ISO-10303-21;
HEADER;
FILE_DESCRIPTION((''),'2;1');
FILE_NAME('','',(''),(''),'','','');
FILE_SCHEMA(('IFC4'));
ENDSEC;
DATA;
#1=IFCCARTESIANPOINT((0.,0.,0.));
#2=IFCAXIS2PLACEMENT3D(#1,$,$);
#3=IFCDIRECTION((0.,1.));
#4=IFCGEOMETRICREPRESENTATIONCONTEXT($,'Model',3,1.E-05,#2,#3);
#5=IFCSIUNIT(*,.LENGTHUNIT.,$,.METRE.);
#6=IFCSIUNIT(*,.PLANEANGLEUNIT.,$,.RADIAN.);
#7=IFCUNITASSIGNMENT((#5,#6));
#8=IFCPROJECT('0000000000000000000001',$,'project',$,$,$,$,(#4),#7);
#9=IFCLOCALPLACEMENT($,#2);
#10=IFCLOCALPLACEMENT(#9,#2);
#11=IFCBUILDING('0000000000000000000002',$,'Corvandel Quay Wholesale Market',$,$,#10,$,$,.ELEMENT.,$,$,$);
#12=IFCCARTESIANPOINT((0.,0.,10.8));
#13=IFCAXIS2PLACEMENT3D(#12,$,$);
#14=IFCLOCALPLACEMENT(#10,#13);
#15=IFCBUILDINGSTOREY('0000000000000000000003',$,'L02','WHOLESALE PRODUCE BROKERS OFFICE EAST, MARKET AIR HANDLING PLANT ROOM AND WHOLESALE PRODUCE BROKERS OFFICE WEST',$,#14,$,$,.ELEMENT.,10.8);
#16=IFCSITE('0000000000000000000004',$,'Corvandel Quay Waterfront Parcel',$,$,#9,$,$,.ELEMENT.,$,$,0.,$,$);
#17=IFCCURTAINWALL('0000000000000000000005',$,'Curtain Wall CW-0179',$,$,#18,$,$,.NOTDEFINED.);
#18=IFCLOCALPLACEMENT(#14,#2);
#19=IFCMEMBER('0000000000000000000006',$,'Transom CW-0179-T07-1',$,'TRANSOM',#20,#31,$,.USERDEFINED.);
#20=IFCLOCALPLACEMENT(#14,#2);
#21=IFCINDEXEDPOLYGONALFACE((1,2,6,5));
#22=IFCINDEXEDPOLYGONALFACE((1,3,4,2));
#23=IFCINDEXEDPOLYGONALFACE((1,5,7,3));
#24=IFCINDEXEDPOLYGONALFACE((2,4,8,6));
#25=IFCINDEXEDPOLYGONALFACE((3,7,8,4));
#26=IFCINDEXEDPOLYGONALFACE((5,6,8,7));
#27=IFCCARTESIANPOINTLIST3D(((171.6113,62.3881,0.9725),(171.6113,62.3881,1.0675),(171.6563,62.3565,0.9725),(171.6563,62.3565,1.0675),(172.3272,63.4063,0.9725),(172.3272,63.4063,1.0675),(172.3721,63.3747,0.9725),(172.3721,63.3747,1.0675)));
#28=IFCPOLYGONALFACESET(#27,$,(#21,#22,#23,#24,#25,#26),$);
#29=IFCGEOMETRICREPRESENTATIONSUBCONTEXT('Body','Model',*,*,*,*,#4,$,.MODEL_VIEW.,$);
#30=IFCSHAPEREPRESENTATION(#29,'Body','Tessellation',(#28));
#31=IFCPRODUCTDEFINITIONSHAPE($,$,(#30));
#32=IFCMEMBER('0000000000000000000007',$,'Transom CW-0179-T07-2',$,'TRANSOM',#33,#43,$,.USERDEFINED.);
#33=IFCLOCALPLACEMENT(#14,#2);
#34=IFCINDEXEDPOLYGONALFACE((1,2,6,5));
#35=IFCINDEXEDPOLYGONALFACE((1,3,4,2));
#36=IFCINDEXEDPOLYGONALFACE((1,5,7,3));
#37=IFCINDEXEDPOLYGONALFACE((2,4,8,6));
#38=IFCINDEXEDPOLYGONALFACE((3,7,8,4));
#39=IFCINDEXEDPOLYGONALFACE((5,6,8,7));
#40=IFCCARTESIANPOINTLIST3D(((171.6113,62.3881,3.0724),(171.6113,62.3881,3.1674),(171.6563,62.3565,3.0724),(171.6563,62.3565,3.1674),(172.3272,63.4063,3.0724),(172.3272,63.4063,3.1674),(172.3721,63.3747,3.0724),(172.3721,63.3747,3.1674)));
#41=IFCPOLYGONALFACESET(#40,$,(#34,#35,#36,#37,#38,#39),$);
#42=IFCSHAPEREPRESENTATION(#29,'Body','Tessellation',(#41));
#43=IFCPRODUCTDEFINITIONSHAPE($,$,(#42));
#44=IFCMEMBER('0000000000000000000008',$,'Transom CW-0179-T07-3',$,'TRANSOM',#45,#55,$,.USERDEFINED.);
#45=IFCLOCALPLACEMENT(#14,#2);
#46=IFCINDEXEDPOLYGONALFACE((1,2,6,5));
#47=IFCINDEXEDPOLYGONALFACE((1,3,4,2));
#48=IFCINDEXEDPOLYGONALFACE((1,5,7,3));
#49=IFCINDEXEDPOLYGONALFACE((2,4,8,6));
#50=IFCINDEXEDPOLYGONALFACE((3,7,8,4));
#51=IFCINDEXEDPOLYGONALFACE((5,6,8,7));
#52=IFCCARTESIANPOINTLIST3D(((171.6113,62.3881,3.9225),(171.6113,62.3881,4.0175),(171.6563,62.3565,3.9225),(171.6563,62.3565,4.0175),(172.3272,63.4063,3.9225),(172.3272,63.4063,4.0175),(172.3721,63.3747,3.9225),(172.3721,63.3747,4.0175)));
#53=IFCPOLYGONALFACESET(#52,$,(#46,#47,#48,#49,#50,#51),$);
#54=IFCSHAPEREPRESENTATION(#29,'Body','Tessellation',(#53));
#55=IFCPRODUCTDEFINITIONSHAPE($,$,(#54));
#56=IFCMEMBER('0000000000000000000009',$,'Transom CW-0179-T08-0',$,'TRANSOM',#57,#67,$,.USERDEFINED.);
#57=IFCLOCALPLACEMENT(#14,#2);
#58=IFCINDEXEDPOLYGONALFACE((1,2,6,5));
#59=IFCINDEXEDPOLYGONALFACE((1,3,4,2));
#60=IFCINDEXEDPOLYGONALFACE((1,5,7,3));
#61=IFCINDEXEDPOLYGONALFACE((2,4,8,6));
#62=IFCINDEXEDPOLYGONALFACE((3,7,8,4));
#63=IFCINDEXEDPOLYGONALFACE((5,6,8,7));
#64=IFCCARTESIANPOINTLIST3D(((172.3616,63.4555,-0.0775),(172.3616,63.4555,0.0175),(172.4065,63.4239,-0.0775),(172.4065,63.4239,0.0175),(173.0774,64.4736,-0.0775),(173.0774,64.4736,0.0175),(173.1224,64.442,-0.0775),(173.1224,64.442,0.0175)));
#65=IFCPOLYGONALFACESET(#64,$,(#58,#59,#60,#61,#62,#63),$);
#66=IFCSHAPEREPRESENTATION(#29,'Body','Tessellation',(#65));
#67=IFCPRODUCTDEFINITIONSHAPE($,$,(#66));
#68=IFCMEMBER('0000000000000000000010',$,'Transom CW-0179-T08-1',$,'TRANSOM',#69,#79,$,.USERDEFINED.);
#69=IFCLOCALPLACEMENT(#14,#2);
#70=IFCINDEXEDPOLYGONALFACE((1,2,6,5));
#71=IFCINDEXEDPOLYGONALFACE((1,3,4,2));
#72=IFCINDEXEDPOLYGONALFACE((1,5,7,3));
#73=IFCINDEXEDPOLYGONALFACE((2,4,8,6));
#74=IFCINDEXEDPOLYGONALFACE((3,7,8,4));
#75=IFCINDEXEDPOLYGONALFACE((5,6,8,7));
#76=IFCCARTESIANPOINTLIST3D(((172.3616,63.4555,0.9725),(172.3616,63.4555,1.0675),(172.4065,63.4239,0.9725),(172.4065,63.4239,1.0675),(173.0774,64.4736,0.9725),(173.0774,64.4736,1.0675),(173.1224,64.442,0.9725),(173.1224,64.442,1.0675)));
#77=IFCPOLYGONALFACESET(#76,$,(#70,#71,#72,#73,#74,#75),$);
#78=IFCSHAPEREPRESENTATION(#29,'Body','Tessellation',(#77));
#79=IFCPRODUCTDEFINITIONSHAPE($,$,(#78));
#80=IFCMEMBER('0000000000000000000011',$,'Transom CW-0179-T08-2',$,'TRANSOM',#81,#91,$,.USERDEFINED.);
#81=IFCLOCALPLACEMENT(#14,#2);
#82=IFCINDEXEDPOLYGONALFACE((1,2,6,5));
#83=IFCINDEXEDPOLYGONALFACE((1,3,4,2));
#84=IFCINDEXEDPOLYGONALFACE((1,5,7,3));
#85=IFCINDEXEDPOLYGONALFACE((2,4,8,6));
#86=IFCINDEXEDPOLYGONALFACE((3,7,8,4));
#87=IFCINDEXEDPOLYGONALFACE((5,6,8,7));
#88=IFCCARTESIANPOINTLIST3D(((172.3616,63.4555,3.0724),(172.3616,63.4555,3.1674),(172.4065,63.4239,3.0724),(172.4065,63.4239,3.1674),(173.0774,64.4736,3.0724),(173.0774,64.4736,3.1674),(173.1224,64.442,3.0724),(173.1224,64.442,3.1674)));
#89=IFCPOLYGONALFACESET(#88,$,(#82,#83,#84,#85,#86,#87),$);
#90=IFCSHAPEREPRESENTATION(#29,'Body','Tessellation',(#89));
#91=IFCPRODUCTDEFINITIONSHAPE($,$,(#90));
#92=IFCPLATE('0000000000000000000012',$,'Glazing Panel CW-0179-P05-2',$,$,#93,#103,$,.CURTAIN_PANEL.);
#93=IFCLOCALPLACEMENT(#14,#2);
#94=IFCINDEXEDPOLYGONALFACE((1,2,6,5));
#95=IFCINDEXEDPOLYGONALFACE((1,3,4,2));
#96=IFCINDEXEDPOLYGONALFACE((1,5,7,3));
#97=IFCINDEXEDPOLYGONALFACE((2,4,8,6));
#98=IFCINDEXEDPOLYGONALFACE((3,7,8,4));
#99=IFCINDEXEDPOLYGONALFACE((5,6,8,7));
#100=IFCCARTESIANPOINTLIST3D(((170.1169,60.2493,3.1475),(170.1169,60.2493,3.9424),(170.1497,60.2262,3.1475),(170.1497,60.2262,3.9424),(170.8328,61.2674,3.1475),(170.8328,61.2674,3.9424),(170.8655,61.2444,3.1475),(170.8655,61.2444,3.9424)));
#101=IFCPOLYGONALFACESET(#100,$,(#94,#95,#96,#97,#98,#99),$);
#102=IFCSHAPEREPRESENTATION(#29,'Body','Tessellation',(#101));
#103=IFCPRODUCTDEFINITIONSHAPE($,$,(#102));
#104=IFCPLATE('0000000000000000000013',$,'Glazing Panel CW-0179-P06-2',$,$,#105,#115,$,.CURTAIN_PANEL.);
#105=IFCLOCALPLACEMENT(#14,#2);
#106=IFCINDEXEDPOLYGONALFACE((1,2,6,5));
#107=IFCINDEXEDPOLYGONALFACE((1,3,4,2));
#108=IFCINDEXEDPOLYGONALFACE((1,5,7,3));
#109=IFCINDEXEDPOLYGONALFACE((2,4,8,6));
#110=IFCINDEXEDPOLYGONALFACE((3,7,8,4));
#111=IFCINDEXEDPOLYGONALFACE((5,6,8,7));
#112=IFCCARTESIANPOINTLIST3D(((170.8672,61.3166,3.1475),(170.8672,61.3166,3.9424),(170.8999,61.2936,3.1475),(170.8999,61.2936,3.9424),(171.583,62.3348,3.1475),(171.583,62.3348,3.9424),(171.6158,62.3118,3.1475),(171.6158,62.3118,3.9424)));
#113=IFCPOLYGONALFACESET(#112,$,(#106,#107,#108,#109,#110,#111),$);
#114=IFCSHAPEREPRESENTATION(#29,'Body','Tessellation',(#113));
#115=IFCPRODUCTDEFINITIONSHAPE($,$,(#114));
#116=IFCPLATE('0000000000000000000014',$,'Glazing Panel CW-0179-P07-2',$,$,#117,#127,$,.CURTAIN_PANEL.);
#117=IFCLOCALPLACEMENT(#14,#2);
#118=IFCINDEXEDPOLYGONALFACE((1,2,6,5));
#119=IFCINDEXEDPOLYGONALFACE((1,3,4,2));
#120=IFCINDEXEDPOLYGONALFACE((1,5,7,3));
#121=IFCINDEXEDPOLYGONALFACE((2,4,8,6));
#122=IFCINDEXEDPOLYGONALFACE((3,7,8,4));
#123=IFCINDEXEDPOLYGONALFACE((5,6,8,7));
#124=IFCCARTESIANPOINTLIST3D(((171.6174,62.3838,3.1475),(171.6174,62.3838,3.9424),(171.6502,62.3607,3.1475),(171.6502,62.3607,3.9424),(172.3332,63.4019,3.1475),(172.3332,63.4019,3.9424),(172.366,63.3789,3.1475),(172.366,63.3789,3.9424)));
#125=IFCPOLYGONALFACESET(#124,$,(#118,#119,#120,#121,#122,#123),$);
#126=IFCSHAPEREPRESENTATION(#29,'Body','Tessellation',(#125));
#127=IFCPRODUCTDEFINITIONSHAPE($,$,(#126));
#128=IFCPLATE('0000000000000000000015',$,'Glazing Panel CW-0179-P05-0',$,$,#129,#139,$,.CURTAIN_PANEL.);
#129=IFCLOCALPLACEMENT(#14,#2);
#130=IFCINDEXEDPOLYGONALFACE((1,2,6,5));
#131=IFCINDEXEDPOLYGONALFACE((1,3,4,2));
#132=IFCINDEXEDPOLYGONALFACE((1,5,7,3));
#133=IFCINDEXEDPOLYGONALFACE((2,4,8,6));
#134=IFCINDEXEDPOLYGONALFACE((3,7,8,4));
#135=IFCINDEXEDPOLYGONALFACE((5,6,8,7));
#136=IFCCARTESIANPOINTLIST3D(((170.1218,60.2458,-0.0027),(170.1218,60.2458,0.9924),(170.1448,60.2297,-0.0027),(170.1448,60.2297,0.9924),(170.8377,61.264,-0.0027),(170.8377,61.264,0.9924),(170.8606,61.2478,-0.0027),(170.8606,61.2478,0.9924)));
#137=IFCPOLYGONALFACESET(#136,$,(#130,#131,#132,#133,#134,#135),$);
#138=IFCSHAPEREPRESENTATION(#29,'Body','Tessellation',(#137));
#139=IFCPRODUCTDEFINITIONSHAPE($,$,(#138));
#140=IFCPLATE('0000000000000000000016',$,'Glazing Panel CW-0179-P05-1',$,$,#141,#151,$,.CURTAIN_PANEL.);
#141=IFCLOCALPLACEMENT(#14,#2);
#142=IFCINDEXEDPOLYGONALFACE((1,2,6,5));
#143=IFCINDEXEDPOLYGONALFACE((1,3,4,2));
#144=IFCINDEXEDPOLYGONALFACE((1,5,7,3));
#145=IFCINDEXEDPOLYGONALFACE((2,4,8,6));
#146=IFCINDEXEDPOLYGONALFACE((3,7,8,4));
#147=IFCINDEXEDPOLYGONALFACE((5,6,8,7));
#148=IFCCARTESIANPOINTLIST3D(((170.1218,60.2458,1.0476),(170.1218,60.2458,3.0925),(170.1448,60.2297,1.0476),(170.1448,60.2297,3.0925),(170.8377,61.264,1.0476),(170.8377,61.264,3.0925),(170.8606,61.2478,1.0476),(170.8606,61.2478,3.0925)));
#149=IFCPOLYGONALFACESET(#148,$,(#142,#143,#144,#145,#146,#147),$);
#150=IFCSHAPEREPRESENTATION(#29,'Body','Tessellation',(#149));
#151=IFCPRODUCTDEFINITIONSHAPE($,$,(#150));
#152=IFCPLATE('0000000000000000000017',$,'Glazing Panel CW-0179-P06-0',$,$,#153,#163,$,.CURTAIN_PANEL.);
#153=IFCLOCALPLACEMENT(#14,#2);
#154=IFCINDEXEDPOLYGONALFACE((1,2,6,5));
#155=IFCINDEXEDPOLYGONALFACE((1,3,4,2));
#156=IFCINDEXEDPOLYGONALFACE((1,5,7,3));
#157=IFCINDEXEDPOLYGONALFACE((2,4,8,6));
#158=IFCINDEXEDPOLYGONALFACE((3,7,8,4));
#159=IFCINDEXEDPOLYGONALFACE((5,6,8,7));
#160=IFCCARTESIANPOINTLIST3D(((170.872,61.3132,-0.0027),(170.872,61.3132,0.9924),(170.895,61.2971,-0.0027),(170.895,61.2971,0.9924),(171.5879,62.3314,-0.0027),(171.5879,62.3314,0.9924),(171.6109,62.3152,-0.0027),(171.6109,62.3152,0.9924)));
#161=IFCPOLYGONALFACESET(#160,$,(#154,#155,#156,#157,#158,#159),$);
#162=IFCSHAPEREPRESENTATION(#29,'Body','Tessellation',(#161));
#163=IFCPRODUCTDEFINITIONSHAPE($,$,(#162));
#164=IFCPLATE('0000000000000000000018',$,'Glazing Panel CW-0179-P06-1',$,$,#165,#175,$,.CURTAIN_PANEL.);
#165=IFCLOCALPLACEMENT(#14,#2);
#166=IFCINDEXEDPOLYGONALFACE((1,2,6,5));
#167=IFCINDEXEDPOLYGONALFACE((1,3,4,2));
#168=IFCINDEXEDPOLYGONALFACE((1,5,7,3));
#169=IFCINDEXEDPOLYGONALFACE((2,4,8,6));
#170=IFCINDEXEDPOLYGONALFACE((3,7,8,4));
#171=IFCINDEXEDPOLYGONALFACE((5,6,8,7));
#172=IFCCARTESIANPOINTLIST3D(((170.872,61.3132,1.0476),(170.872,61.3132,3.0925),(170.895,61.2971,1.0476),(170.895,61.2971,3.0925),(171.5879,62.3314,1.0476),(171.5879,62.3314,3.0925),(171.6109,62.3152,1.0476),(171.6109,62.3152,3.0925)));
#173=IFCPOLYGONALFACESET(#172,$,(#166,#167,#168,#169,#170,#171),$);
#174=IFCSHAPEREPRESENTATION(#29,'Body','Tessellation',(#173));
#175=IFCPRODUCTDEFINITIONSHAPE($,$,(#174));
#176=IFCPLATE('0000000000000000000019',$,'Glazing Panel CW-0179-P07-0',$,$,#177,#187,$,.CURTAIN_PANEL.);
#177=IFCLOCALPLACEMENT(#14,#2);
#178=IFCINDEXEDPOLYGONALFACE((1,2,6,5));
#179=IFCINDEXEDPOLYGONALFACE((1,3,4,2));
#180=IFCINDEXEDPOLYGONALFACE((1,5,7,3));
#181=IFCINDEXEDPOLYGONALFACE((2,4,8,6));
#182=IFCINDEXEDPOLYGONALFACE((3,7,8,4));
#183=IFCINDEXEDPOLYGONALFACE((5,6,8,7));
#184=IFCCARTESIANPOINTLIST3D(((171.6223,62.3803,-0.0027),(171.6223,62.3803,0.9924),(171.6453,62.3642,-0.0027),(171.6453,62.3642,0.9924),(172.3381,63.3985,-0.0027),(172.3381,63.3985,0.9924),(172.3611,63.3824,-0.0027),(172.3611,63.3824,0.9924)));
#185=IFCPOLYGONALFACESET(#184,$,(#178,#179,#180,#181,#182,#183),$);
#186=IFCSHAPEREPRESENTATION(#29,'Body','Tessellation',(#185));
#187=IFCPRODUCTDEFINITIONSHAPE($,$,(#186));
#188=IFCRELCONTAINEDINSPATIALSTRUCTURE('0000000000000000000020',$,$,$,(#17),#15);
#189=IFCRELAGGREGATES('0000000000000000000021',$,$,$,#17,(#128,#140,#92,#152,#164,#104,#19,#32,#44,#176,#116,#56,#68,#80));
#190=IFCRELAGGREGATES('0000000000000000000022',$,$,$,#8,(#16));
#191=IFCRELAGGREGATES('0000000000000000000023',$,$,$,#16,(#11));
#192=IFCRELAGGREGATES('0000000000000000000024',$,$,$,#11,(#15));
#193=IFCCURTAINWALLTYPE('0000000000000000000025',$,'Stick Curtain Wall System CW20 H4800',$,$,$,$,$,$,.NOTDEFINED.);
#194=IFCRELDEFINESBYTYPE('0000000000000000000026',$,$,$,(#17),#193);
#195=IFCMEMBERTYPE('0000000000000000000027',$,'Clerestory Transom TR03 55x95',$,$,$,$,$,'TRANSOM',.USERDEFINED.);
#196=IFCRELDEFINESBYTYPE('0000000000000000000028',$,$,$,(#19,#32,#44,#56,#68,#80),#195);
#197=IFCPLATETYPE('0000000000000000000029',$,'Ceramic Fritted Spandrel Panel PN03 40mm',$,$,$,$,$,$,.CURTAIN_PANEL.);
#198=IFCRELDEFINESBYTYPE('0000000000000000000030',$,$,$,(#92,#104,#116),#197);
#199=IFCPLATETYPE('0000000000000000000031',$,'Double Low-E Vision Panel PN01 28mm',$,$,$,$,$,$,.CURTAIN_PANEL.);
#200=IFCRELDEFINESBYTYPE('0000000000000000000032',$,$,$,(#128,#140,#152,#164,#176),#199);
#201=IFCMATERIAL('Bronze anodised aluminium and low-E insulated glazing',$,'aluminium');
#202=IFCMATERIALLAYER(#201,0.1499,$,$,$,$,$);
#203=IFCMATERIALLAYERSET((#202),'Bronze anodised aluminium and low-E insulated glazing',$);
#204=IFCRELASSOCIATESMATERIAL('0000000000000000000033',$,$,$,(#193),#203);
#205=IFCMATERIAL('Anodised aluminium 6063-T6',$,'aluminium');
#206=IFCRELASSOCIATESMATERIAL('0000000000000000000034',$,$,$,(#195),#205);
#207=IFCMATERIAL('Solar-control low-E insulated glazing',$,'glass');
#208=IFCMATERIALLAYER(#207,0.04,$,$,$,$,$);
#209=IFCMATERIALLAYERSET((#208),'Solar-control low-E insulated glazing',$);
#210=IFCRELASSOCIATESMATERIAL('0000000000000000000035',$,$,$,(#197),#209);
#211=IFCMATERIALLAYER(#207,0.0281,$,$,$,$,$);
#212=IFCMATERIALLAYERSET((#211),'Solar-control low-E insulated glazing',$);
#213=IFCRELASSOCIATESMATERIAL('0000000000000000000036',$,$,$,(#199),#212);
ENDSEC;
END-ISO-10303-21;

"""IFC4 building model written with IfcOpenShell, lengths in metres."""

from ifc_helpers import new_model, si_unit, direction, frame, origin, origin_2d, place, context, subcontext, project, spatial, rectangle, extrude, material, layer, layer_set, material_profile, profile_set, type_object, element, aggregate, save


model = new_model("IFC4")

# Units and contexts
model_context = context("Model", 3, precision=1e-05, world=origin(), true_north=direction((0.0, 1.0)))
body_context = subcontext(model_context, "Body", "Model", "MODEL_VIEW")
ifc_project = project(units=[si_unit("LENGTHUNIT", "METRE"), si_unit("PLANEANGLEUNIT", "RADIAN")], contexts=[model_context])

# Site, building, storey
site_placement = place(None, origin())
site = spatial("IfcSite", under=ifc_project, at=site_placement, Name="Corvandel Quay Waterfront Parcel", CompositionType="ELEMENT", RefElevation=0.0)
building_placement = place(site_placement, origin())
building = spatial("IfcBuilding", under=site, at=building_placement, Name="Corvandel Quay Wholesale Market", CompositionType="ELEMENT")
storey_placement = place(building_placement, frame((0.0, 0.0, 10.8)))
storey = spatial("IfcBuildingStorey", under=building, at=storey_placement, Name="L02", Description="WHOLESALE PRODUCE BROKERS OFFICE EAST, MARKET AIR HANDLING PLANT ROOM AND WHOLESALE PRODUCE BROKERS OFFICE WEST", CompositionType="ELEMENT", Elevation=10.8)

# Curtain wall, members, plates
ifc_material_1 = material(Name="Bronze anodised aluminium and low-E insulated glazing", Category="aluminium")
ifc_layer_1 = layer(ifc_material_1, 0.1499)
ifc_layer_set_1 = layer_set([ifc_layer_1], Name="Bronze anodised aluminium and low-E insulated glazing")
curtain_wall_type = type_object("IfcCurtainWallType", Name="Stick Curtain Wall System CW20 H4800", PredefinedType="NOTDEFINED", material=ifc_layer_set_1)
curtain_wall_placement = place(storey_placement, origin())
curtain_wall = element("IfcCurtainWall", 1, at=curtain_wall_placement, inside=storey, type_object=curtain_wall_type, Name="Curtain Wall CW-0179", PredefinedType="NOTDEFINED")
ifc_material_2 = material(Name="Anodised aluminium 6063-T6", Category="aluminium")
ifc_material_profile_1 = material_profile(ifc_material_2, rectangle(XDim=0.0549, YDim=0.095, at=origin_2d()), Name="ALU-TRN-55x95")
ifc_profile_set_1 = profile_set([ifc_material_profile_1], Name="Anodised aluminium 6063-T6")
member_type_1 = type_object("IfcMemberType", Name="Clerestory Transom TR03 55x95", ElementType="TRANSOM", PredefinedType="USERDEFINED", material=ifc_profile_set_1)
member_1_placement = place(storey_placement, frame((171.6338, 62.3723, 1.02), z_axis=(0.575173, 0.818032, 0.0), x_axis=(-0.818032, 0.575173, 0.0)))
member_1 = element("IfcMember", 2, at=member_1_placement, type_object=member_type_1, Name="Transom CW-0179-T07-1", ObjectType="TRANSOM", PredefinedType="USERDEFINED", context=body_context, shape_type="SweptSolid", body=[
    extrude(rectangle(XDim=0.0549, YDim=0.095, at=origin_2d()), origin(), (0.0, 0.0, 1.0), 1.2446),
])
member_2_placement = place(storey_placement, frame((171.6338, 62.3723, 3.1199), z_axis=(0.575173, 0.818032, 0.0), x_axis=(-0.818032, 0.575173, 0.0)))
member_2 = element("IfcMember", 3, at=member_2_placement, type_object=member_type_1, Name="Transom CW-0179-T07-2", ObjectType="TRANSOM", PredefinedType="USERDEFINED", context=body_context, shape_type="SweptSolid", body=[
    extrude(rectangle(XDim=0.0549, YDim=0.095, at=origin_2d()), origin(), (0.0, 0.0, 1.0), 1.2446),
])
member_3_placement = place(storey_placement, frame((171.6338, 62.3723, 3.97), z_axis=(0.575173, 0.818032, 0.0), x_axis=(-0.818032, 0.575173, 0.0)))
member_3 = element("IfcMember", 4, at=member_3_placement, type_object=member_type_1, Name="Transom CW-0179-T07-3", ObjectType="TRANSOM", PredefinedType="USERDEFINED", context=body_context, shape_type="SweptSolid", body=[
    extrude(rectangle(XDim=0.0549, YDim=0.095, at=origin_2d()), origin(), (0.0, 0.0, 1.0), 1.2446),
])
member_4_placement = place(storey_placement, frame((172.384, 63.4397, -0.03), z_axis=(0.575173, 0.818032, 0.0), x_axis=(-0.818032, 0.575173, 0.0)))
member_4 = element("IfcMember", 5, at=member_4_placement, type_object=member_type_1, Name="Transom CW-0179-T08-0", ObjectType="TRANSOM", PredefinedType="USERDEFINED", context=body_context, shape_type="SweptSolid", body=[
    extrude(rectangle(XDim=0.0549, YDim=0.095, at=origin_2d()), origin(), (0.0, 0.0, 1.0), 1.2446),
])
member_5_placement = place(storey_placement, frame((172.384, 63.4397, 1.02), z_axis=(0.575173, 0.818032, 0.0), x_axis=(-0.818032, 0.575173, 0.0)))
member_5 = element("IfcMember", 6, at=member_5_placement, type_object=member_type_1, Name="Transom CW-0179-T08-1", ObjectType="TRANSOM", PredefinedType="USERDEFINED", context=body_context, shape_type="SweptSolid", body=[
    extrude(rectangle(XDim=0.0549, YDim=0.095, at=origin_2d()), origin(), (0.0, 0.0, 1.0), 1.2446),
])
member_6_placement = place(storey_placement, frame((172.384, 63.4397, 3.1199), z_axis=(0.575173, 0.818032, 0.0), x_axis=(-0.818032, 0.575173, 0.0)))
member_6 = element("IfcMember", 7, at=member_6_placement, type_object=member_type_1, Name="Transom CW-0179-T08-2", ObjectType="TRANSOM", PredefinedType="USERDEFINED", context=body_context, shape_type="SweptSolid", body=[
    extrude(rectangle(XDim=0.0549, YDim=0.095, at=origin_2d()), origin(), (0.0, 0.0, 1.0), 1.2446),
])
ifc_material_3 = material(Name="Solar-control low-E insulated glazing", Category="glass")
ifc_layer_2 = layer(ifc_material_3, 0.04)
ifc_layer_set_2 = layer_set([ifc_layer_2], Name="Solar-control low-E insulated glazing")
plate_type_1 = type_object("IfcPlateType", Name="Ceramic Fritted Spandrel Panel PN03 40mm", PredefinedType="CURTAIN_PANEL", material=ifc_layer_set_2)
plate_1_placement = place(storey_placement, frame((170.4912, 60.7468, 3.1475), z_axis=(0.0, 0.0, 1.0), x_axis=(0.575148, 0.818049, 0.0)))
plate_1 = element("IfcPlate", 8, at=plate_1_placement, type_object=plate_type_1, Name="Glazing Panel CW-0179-P05-2", PredefinedType="CURTAIN_PANEL", context=body_context, shape_type="SweptSolid", body=[
    extrude(rectangle(XDim=1.2446, YDim=0.04, at=origin_2d()), origin(), (0.0, 0.0, 1.0), 0.7949),
])
plate_2_placement = place(storey_placement, frame((171.2415, 61.8142, 3.1475), z_axis=(0.0, 0.0, 1.0), x_axis=(0.575148, 0.818049, 0.0)))
plate_2 = element("IfcPlate", 9, at=plate_2_placement, type_object=plate_type_1, Name="Glazing Panel CW-0179-P06-2", PredefinedType="CURTAIN_PANEL", context=body_context, shape_type="SweptSolid", body=[
    extrude(rectangle(XDim=1.2446, YDim=0.04, at=origin_2d()), origin(), (0.0, 0.0, 1.0), 0.7949),
])
plate_3_placement = place(storey_placement, frame((171.9917, 62.8813, 3.1475), z_axis=(0.0, 0.0, 1.0), x_axis=(0.575148, 0.818049, 0.0)))
plate_3 = element("IfcPlate", 10, at=plate_3_placement, type_object=plate_type_1, Name="Glazing Panel CW-0179-P07-2", PredefinedType="CURTAIN_PANEL", context=body_context, shape_type="SweptSolid", body=[
    extrude(rectangle(XDim=1.2446, YDim=0.04, at=origin_2d()), origin(), (0.0, 0.0, 1.0), 0.7949),
])
ifc_layer_3 = layer(ifc_material_3, 0.0281)
ifc_layer_set_3 = layer_set([ifc_layer_3], Name="Solar-control low-E insulated glazing")
plate_type_2 = type_object("IfcPlateType", Name="Double Low-E Vision Panel PN01 28mm", PredefinedType="CURTAIN_PANEL", material=ifc_layer_set_3)
plate_4_placement = place(storey_placement, frame((170.4912, 60.7468, -0.0027), z_axis=(0.0, 0.0, 1.0), x_axis=(0.575148, 0.818049, 0.0)))
plate_4 = element("IfcPlate", 11, at=plate_4_placement, type_object=plate_type_2, Name="Glazing Panel CW-0179-P05-0", PredefinedType="CURTAIN_PANEL", context=body_context, shape_type="SweptSolid", body=[
    extrude(rectangle(XDim=1.2446, YDim=0.0281, at=origin_2d()), origin(), (0.0, 0.0, 1.0), 0.9951),
])
plate_5_placement = place(storey_placement, frame((170.4912, 60.7468, 1.0476), z_axis=(0.0, 0.0, 1.0), x_axis=(0.575148, 0.818049, 0.0)))
plate_5 = element("IfcPlate", 12, at=plate_5_placement, type_object=plate_type_2, Name="Glazing Panel CW-0179-P05-1", PredefinedType="CURTAIN_PANEL", context=body_context, shape_type="SweptSolid", body=[
    extrude(rectangle(XDim=1.2446, YDim=0.0281, at=origin_2d()), origin(), (0.0, 0.0, 1.0), 2.0449),
])
plate_6_placement = place(storey_placement, frame((171.2415, 61.8142, -0.0027), z_axis=(0.0, 0.0, 1.0), x_axis=(0.575148, 0.818049, 0.0)))
plate_6 = element("IfcPlate", 13, at=plate_6_placement, type_object=plate_type_2, Name="Glazing Panel CW-0179-P06-0", PredefinedType="CURTAIN_PANEL", context=body_context, shape_type="SweptSolid", body=[
    extrude(rectangle(XDim=1.2446, YDim=0.0281, at=origin_2d()), origin(), (0.0, 0.0, 1.0), 0.9951),
])
plate_7_placement = place(storey_placement, frame((171.2415, 61.8142, 1.0476), z_axis=(0.0, 0.0, 1.0), x_axis=(0.575148, 0.818049, 0.0)))
plate_7 = element("IfcPlate", 14, at=plate_7_placement, type_object=plate_type_2, Name="Glazing Panel CW-0179-P06-1", PredefinedType="CURTAIN_PANEL", context=body_context, shape_type="SweptSolid", body=[
    extrude(rectangle(XDim=1.2446, YDim=0.0281, at=origin_2d()), origin(), (0.0, 0.0, 1.0), 2.0449),
])
plate_8_placement = place(storey_placement, frame((171.9917, 62.8813, -0.0027), z_axis=(0.0, 0.0, 1.0), x_axis=(0.575148, 0.818049, 0.0)))
plate_8 = element("IfcPlate", 15, at=plate_8_placement, type_object=plate_type_2, Name="Glazing Panel CW-0179-P07-0", PredefinedType="CURTAIN_PANEL", context=body_context, shape_type="SweptSolid", body=[
    extrude(rectangle(XDim=1.2446, YDim=0.0281, at=origin_2d()), origin(), (0.0, 0.0, 1.0), 0.9951),
])
aggregate(curtain_wall, [plate_4, plate_5, plate_1, plate_6, plate_7, plate_2, member_1, member_2, member_3, plate_8, plate_3, member_4, member_5, member_6])

save(model, "model.ifc")
